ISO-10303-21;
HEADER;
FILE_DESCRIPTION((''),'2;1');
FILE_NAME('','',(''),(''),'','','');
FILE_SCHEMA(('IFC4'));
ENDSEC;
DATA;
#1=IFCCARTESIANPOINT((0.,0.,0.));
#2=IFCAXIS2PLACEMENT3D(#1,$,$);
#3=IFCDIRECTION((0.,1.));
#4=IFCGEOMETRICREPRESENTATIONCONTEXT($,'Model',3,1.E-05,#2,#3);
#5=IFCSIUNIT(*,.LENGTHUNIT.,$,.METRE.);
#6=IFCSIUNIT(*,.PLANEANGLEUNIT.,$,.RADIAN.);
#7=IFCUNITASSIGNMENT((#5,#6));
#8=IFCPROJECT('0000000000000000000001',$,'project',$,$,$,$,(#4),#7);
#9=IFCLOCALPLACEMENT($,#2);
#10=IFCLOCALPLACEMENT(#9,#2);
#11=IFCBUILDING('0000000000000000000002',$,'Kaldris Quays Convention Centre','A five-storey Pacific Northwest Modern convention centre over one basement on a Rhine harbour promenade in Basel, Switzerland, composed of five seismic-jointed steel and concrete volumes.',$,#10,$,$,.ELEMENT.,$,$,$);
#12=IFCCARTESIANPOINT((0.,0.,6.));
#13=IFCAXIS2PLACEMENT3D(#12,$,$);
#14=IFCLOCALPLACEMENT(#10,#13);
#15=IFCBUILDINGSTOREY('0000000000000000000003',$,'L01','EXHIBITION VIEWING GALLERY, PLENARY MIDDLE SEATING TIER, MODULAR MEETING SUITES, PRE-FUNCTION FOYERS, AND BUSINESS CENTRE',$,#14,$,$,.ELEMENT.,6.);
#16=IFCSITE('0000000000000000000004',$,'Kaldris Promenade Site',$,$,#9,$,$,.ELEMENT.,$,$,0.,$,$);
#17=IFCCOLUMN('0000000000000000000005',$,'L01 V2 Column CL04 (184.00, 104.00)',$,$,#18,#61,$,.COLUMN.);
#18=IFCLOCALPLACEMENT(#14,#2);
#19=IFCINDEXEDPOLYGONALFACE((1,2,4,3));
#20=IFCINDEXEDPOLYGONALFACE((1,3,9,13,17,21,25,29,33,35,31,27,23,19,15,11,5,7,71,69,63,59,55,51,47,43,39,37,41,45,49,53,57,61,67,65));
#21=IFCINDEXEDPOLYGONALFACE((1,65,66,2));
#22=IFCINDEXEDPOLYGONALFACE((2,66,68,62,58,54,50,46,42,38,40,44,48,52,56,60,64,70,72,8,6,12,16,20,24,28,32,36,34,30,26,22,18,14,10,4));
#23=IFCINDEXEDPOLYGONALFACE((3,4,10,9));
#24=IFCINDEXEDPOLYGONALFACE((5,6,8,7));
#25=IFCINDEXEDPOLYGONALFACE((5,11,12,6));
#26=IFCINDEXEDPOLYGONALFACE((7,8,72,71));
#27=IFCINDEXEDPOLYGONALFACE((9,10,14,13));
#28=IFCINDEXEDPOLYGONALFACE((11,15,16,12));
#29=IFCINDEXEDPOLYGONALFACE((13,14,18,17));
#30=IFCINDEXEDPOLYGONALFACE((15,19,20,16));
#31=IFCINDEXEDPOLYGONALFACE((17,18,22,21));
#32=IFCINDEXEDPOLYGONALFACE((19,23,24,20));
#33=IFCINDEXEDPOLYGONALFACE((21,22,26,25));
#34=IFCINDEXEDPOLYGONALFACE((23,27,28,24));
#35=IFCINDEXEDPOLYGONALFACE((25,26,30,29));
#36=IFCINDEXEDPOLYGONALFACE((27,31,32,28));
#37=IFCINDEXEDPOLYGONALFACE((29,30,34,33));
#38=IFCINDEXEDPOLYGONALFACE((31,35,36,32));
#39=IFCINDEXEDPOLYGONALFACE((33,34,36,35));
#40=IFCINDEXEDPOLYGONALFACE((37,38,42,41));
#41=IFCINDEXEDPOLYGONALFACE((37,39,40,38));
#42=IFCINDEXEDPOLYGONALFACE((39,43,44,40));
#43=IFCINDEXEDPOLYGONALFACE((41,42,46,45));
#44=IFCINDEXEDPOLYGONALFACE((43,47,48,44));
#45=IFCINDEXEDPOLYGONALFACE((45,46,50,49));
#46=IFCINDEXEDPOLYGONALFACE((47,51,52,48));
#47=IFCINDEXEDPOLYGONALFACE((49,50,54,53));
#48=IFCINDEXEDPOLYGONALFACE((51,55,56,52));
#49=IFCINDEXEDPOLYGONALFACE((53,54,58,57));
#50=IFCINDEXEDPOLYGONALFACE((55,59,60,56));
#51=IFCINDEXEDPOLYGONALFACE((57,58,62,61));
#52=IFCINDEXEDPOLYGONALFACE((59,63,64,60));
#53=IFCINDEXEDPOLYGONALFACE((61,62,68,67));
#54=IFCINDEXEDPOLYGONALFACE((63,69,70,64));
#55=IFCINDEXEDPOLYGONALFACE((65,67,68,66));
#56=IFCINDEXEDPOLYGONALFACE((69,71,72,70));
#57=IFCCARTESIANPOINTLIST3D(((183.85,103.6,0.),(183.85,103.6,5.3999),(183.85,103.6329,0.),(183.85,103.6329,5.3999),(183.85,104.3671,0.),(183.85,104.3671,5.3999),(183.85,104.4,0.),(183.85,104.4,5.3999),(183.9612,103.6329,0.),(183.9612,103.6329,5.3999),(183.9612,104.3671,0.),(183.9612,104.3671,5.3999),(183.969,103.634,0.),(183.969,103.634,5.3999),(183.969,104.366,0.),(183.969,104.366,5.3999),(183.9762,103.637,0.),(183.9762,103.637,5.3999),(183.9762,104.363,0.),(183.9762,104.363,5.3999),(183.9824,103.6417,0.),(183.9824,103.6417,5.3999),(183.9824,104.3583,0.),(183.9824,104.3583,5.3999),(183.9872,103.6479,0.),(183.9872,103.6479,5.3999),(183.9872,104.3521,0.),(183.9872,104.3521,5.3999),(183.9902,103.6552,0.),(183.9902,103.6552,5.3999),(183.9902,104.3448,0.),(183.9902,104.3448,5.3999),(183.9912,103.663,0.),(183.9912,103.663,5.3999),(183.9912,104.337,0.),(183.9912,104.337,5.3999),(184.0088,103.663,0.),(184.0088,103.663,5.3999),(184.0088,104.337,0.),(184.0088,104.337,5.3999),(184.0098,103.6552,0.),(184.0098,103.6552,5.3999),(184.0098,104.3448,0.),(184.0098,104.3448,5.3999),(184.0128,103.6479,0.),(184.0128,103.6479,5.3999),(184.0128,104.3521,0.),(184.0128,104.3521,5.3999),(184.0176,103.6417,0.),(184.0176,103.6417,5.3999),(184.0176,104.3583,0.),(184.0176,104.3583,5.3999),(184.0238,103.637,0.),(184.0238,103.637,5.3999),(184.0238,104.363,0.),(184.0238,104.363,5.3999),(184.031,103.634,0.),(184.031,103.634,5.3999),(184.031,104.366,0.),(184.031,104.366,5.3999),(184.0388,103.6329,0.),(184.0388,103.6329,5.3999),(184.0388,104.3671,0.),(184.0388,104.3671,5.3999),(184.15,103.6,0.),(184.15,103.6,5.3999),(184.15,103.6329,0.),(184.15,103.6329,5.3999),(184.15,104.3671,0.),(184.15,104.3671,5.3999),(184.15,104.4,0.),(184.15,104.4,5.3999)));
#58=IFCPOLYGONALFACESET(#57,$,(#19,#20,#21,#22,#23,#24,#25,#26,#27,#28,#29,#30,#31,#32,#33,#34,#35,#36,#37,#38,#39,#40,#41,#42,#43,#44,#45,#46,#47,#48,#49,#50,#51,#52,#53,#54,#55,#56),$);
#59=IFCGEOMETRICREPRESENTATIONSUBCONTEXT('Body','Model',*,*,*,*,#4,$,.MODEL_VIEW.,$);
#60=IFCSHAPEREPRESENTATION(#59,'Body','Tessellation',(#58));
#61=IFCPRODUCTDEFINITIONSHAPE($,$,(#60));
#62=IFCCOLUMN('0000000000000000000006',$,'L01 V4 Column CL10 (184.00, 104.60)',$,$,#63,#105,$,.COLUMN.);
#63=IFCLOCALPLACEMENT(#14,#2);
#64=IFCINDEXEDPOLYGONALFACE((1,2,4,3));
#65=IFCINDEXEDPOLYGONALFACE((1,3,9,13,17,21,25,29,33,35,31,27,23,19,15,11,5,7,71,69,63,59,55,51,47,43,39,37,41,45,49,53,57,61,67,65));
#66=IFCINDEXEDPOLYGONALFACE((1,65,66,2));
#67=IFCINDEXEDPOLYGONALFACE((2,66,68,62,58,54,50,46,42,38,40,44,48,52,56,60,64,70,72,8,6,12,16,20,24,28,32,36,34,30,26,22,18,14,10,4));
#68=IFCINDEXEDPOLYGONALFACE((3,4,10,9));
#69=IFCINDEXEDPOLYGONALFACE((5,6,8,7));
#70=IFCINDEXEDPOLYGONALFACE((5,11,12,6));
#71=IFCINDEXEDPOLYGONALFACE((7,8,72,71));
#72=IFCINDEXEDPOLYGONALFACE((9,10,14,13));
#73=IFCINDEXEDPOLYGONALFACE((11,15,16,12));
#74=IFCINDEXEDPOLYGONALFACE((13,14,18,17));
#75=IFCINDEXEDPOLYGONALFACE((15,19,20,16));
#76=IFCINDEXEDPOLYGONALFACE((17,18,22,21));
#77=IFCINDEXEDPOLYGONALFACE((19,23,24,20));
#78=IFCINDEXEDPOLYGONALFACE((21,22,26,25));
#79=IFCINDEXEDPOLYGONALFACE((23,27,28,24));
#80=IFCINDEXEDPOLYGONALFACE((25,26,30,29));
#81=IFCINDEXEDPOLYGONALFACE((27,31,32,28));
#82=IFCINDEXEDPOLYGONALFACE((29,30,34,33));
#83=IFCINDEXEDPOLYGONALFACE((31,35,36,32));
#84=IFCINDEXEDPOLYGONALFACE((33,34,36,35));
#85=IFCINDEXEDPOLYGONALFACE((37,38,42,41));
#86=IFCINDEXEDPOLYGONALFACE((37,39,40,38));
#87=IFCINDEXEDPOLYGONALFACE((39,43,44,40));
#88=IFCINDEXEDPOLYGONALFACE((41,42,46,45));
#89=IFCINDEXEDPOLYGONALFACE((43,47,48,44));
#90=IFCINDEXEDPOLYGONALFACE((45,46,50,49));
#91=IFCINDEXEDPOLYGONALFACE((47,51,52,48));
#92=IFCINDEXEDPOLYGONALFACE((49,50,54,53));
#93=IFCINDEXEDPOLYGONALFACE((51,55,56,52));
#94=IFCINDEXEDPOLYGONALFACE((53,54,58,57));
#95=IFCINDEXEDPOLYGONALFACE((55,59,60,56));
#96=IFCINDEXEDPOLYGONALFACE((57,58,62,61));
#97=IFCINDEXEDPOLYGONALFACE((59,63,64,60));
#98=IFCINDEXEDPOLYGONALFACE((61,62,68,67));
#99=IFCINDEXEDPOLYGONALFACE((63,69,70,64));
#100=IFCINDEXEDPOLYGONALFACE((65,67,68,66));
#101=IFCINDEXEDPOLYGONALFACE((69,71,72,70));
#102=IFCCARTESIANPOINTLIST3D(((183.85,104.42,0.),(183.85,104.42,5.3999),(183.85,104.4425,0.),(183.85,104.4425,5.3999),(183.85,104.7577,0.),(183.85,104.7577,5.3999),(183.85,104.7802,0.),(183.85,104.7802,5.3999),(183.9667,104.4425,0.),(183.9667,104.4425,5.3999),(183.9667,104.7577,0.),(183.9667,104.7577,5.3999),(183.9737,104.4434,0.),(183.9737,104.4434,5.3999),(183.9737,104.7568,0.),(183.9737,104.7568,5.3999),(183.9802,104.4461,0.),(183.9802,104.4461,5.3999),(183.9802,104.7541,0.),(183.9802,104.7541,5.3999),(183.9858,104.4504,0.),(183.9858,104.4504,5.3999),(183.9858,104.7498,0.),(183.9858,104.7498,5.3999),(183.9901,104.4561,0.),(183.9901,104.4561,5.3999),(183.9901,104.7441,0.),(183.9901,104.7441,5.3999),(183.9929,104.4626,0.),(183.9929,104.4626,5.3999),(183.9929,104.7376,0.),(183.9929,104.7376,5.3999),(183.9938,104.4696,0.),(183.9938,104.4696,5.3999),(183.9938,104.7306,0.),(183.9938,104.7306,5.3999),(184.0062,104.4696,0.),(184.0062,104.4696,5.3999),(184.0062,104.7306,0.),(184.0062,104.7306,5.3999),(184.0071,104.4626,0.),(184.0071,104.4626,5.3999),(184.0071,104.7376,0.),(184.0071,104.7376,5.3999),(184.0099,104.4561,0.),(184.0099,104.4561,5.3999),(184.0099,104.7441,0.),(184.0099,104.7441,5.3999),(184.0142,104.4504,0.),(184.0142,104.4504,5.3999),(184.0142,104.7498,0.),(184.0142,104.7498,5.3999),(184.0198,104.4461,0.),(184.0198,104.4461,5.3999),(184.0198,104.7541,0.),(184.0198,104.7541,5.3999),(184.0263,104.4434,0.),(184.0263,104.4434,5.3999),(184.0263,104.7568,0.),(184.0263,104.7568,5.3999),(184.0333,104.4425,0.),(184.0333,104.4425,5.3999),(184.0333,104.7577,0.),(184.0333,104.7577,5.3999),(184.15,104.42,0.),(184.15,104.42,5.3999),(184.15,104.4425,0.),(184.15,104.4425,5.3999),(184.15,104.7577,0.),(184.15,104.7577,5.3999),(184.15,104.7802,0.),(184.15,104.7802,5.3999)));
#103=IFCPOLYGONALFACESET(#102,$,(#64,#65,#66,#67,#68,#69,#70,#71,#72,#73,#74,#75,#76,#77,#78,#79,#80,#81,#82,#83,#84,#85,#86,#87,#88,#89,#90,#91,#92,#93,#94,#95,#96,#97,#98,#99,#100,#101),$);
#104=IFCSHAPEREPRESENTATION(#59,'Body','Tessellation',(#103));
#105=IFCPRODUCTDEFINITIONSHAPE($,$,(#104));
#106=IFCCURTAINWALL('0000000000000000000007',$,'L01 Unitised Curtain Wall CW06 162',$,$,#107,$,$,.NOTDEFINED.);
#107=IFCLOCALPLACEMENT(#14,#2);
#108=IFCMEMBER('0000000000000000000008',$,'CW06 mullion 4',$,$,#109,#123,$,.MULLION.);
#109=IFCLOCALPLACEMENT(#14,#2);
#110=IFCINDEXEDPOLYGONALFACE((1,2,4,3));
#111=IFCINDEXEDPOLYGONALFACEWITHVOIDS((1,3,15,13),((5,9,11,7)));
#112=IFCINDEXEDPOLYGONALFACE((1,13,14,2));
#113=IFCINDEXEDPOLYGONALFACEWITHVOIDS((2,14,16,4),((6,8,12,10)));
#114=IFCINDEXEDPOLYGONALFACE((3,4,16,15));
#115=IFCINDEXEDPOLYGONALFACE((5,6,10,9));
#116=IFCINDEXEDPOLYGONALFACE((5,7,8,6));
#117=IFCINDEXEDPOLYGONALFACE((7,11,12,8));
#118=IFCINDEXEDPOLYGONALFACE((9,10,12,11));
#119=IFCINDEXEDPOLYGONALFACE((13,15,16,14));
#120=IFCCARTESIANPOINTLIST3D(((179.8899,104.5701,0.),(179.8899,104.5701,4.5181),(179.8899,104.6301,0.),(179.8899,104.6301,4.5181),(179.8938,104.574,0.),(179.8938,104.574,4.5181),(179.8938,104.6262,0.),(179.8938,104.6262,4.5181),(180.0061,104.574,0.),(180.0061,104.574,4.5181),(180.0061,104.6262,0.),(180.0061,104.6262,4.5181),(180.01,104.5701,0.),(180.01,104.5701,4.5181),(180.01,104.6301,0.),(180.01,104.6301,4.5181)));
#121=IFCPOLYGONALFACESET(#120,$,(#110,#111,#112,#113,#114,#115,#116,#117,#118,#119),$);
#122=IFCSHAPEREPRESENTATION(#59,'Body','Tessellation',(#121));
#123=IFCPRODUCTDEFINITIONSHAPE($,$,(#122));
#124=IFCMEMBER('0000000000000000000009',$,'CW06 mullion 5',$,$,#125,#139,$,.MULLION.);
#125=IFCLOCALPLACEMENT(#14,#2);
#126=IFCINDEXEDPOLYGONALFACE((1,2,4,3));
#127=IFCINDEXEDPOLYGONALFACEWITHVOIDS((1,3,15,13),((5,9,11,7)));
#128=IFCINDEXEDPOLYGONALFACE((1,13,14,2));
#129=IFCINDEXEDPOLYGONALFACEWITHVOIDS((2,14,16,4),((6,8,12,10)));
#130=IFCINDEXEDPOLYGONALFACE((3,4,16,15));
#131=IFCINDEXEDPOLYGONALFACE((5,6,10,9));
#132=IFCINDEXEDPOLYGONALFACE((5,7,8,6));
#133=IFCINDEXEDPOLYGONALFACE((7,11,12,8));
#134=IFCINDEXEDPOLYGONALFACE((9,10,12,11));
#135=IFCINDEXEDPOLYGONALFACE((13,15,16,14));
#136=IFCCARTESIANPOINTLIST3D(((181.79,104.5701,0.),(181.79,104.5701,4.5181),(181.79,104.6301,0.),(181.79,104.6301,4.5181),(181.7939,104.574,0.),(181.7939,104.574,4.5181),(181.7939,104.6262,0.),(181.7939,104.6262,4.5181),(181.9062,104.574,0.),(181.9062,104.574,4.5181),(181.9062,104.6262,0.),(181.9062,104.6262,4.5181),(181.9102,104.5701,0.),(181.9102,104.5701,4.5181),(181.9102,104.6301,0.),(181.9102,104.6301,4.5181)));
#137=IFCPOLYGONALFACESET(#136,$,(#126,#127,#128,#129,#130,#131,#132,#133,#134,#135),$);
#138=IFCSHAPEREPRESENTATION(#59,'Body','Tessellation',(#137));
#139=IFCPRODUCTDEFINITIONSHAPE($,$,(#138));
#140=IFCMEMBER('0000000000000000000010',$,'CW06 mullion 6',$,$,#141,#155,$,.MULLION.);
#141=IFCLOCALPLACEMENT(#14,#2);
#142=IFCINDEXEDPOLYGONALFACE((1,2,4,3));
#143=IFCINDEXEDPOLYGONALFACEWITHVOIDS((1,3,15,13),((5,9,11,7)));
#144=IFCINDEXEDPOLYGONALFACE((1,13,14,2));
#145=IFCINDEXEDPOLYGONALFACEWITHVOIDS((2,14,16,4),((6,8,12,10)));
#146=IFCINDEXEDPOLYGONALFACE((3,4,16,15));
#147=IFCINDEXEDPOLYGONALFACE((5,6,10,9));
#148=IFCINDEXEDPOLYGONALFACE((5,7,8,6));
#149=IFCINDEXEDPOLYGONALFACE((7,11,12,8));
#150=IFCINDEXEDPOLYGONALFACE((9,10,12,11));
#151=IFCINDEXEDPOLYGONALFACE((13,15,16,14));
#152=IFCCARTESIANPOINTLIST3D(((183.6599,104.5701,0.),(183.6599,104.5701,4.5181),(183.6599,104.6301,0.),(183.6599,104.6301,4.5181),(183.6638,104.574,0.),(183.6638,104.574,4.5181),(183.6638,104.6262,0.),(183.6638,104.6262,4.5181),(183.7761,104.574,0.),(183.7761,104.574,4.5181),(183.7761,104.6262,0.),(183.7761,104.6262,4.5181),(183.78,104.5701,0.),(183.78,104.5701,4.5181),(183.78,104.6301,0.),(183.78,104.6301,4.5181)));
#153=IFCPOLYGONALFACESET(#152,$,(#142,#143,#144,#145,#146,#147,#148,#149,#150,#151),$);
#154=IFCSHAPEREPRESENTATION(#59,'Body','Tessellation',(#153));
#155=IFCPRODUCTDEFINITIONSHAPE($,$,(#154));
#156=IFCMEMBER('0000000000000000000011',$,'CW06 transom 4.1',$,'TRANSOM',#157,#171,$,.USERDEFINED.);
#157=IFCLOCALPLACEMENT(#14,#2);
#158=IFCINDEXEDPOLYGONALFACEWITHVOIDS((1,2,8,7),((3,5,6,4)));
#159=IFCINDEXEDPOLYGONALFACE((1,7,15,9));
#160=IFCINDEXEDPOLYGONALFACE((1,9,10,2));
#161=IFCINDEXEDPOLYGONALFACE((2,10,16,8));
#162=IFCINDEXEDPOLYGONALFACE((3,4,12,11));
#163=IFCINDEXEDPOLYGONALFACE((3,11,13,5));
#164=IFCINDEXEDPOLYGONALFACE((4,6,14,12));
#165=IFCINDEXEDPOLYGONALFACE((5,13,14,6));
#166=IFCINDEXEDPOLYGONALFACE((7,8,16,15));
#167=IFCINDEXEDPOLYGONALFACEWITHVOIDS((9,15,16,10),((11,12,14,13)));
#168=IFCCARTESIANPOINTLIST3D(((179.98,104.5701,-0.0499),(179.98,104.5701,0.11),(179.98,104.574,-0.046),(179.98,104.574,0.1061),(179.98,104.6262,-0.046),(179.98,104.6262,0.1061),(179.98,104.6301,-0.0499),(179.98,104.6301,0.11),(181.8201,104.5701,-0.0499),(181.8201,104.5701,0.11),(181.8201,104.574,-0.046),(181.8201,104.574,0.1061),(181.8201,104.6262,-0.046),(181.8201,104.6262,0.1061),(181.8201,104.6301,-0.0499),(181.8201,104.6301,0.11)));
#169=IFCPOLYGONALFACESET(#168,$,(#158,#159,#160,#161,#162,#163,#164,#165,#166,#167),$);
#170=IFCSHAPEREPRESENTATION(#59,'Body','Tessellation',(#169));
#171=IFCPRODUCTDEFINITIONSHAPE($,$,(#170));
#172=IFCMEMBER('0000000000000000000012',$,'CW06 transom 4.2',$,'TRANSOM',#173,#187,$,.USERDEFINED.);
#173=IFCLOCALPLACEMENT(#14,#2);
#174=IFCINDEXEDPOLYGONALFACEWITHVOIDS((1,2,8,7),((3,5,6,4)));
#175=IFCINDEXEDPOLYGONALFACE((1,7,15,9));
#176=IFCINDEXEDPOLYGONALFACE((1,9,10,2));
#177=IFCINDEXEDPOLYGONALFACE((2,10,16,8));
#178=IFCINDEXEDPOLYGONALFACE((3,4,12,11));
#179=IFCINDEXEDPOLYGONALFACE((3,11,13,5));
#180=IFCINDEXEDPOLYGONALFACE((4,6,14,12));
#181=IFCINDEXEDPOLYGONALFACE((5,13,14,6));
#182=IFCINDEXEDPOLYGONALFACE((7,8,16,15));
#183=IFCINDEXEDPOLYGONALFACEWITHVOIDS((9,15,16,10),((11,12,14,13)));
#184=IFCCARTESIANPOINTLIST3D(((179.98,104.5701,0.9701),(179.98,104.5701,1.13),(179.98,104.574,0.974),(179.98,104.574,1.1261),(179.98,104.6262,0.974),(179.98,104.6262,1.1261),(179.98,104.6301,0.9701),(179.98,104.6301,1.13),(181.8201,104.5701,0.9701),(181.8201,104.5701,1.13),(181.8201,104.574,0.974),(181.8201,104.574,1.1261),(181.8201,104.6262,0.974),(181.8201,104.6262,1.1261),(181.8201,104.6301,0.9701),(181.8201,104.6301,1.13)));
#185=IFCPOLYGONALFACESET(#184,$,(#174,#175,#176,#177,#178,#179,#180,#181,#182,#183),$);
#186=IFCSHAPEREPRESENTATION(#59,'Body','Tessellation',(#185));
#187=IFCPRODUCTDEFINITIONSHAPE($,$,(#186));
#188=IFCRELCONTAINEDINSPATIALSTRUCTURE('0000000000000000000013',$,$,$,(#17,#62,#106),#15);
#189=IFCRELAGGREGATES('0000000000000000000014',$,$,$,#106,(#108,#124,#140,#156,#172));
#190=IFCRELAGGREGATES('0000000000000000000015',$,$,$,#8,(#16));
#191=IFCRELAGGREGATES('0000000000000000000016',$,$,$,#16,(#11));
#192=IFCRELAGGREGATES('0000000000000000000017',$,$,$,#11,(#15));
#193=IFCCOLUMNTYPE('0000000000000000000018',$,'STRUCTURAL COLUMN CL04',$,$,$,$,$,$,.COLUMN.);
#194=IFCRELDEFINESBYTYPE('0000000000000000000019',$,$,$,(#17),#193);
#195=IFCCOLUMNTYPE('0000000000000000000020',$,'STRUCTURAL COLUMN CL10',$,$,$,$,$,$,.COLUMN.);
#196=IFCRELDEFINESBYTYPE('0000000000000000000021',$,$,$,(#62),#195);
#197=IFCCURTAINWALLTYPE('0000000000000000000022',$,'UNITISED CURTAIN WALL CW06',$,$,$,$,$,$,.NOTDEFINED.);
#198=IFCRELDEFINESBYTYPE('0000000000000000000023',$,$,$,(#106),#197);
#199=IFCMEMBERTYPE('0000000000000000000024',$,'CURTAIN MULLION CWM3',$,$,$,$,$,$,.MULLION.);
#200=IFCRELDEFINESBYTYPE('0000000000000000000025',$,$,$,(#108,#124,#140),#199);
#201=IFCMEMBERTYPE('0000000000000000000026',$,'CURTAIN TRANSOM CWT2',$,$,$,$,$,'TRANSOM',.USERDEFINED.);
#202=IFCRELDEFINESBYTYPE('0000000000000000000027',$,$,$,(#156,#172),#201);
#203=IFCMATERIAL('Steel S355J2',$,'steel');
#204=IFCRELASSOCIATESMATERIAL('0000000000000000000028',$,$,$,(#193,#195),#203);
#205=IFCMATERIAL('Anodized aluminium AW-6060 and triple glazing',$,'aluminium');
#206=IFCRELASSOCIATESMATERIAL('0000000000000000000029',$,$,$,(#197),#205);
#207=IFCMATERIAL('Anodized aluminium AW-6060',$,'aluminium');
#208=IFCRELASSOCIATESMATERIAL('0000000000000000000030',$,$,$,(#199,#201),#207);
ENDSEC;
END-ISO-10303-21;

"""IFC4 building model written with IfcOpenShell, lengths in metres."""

from ifc_helpers import new_model, si_unit, direction, frame, origin, origin_2d, place, context, subcontext, project, spatial, hollow_rectangle, i_section, extrude, material, material_profile, profile_set, type_object, element, aggregate, save


model = new_model("IFC4")

# Units and contexts
model_context = context("Model", 3, precision=1e-05, world=origin(), true_north=direction((0.0, 1.0)))
body_context = subcontext(model_context, "Body", "Model", "MODEL_VIEW")
ifc_project = project(units=[si_unit("LENGTHUNIT", "METRE"), si_unit("PLANEANGLEUNIT", "RADIAN")], contexts=[model_context])

# Site, building, storey
site_placement = place(None, origin())
site = spatial("IfcSite", under=ifc_project, at=site_placement, Name="Kaldris Promenade Site", CompositionType="ELEMENT", RefElevation=0.0)
building_placement = place(site_placement, origin())
building = spatial("IfcBuilding", under=site, at=building_placement, Name="Kaldris Quays Convention Centre", Description="A five-storey Pacific Northwest Modern convention centre over one basement on a Rhine harbour promenade in Basel, Switzerland, composed of five seismic-jointed steel and concrete volumes.", CompositionType="ELEMENT")
storey_placement = place(building_placement, frame((0.0, 0.0, 6.0)))
storey = spatial("IfcBuildingStorey", under=building, at=storey_placement, Name="L01", Description="EXHIBITION VIEWING GALLERY, PLENARY MIDDLE SEATING TIER, MODULAR MEETING SUITES, PRE-FUNCTION FOYERS, AND BUSINESS CENTRE", CompositionType="ELEMENT", Elevation=6.0)

# Columns
ifc_material_1 = material(Name="Steel S355J2", Category="steel")
ifc_material_profile_1 = material_profile(ifc_material_1, i_section(OverallWidth=0.3, OverallDepth=0.8, WebThickness=0.0176, FlangeThickness=0.033, FilletRadius=0.03, at=origin_2d()), Name="HEB 800")
ifc_profile_set_1 = profile_set([ifc_material_profile_1], Name="Steel S355J2")
column_type_1 = type_object("IfcColumnType", Name="STRUCTURAL COLUMN CL04", PredefinedType="COLUMN", material=ifc_profile_set_1)
column_1_placement = place(storey_placement, frame((184.0, 104.0, 0.0), z_axis=(0.0, 0.0, 1.0), x_axis=(1.0, 0.0, 0.0)))
element("IfcColumn", 1, at=column_1_placement, inside=storey, type_object=column_type_1, Name="L01 V2 Column CL04 (184.00, 104.00)", PredefinedType="COLUMN", context=body_context, shape_type="SweptSolid", body=[
    extrude(i_section(OverallWidth=0.3, OverallDepth=0.8, WebThickness=0.0176, FlangeThickness=0.033, FilletRadius=0.03, at=origin_2d()), origin(), (0.0, 0.0, 1.0), 5.3999),
])
ifc_material_profile_2 = material_profile(ifc_material_1, i_section(OverallWidth=0.3, OverallDepth=0.3601, WebThickness=0.0125, FlangeThickness=0.0225, FilletRadius=0.0271, at=origin_2d()), Name="HEB 360")
ifc_profile_set_2 = profile_set([ifc_material_profile_2], Name="Steel S355J2")
column_type_2 = type_object("IfcColumnType", Name="STRUCTURAL COLUMN CL10", PredefinedType="COLUMN", material=ifc_profile_set_2)
column_2_placement = place(storey_placement, frame((184.0, 104.6001, 0.0), z_axis=(0.0, 0.0, 1.0), x_axis=(1.0, 0.0, 0.0)))
element("IfcColumn", 2, at=column_2_placement, inside=storey, type_object=column_type_2, Name="L01 V4 Column CL10 (184.00, 104.60)", PredefinedType="COLUMN", context=body_context, shape_type="SweptSolid", body=[
    extrude(i_section(OverallWidth=0.3, OverallDepth=0.3601, WebThickness=0.0125, FlangeThickness=0.0225, FilletRadius=0.0271, at=origin_2d()), origin(), (0.0, 0.0, 1.0), 5.3999),
])

# Curtain wall, members
ifc_material_2 = material(Name="Anodized aluminium AW-6060 and triple glazing", Category="aluminium")
curtain_wall_type = type_object("IfcCurtainWallType", Name="UNITISED CURTAIN WALL CW06", PredefinedType="NOTDEFINED", material=ifc_material_2)
curtain_wall_placement = place(storey_placement, origin())
curtain_wall = element("IfcCurtainWall", 3, at=curtain_wall_placement, inside=storey, type_object=curtain_wall_type, Name="L01 Unitised Curtain Wall CW06 162", PredefinedType="NOTDEFINED")
ifc_material_3 = material(Name="Anodized aluminium AW-6060", Category="aluminium")
ifc_material_profile_3 = material_profile(ifc_material_3, hollow_rectangle(XDim=0.0601, YDim=0.1201, WallThickness=0.0039, at=origin_2d()), Name="RHS 120x60x4")
ifc_profile_set_3 = profile_set([ifc_material_profile_3], Name="Anodized aluminium AW-6060")
member_type_1 = type_object("IfcMemberType", Name="CURTAIN MULLION CWM3", PredefinedType="MULLION", material=ifc_profile_set_3)
member_1_placement = place(storey_placement, frame((179.95, 104.6001, 0.0), z_axis=(0.0, 0.0, 1.0), x_axis=(0.0, 1.0, 0.0)))
member_1 = element("IfcMember", 4, at=member_1_placement, type_object=member_type_1, Name="CW06 mullion 4", PredefinedType="MULLION", context=body_context, shape_type="SweptSolid", body=[
    extrude(hollow_rectangle(XDim=0.0601, YDim=0.1201, WallThickness=0.0039, at=origin_2d()), origin(), (0.0, 0.0, 1.0), 4.5181),
])
member_2_placement = place(storey_placement, frame((181.8501, 104.6001, 0.0), z_axis=(0.0, 0.0, 1.0), x_axis=(0.0, 1.0, 0.0)))
member_2 = element("IfcMember", 5, at=member_2_placement, type_object=member_type_1, Name="CW06 mullion 5", PredefinedType="MULLION", context=body_context, shape_type="SweptSolid", body=[
    extrude(hollow_rectangle(XDim=0.0601, YDim=0.1201, WallThickness=0.0039, at=origin_2d()), origin(), (0.0, 0.0, 1.0), 4.5181),
])
member_3_placement = place(storey_placement, frame((183.72, 104.6001, 0.0), z_axis=(0.0, 0.0, 1.0), x_axis=(0.0, 1.0, 0.0)))
member_3 = element("IfcMember", 6, at=member_3_placement, type_object=member_type_1, Name="CW06 mullion 6", PredefinedType="MULLION", context=body_context, shape_type="SweptSolid", body=[
    extrude(hollow_rectangle(XDim=0.0601, YDim=0.1201, WallThickness=0.0039, at=origin_2d()), origin(), (0.0, 0.0, 1.0), 4.5181),
])
ifc_material_profile_4 = material_profile(ifc_material_3, hollow_rectangle(XDim=0.0601, YDim=0.1599, WallThickness=0.0039, at=origin_2d()), Name="RHS 160x60x4")
ifc_profile_set_4 = profile_set([ifc_material_profile_4], Name="Anodized aluminium AW-6060")
member_type_2 = type_object("IfcMemberType", Name="CURTAIN TRANSOM CWT2", ElementType="TRANSOM", PredefinedType="USERDEFINED", material=ifc_profile_set_4)
member_4_placement = place(storey_placement, frame((179.98, 104.6001, 0.03), z_axis=(1.0, 0.0, 0.0), x_axis=(0.0, 1.0, 0.0)))
member_4 = element("IfcMember", 7, at=member_4_placement, type_object=member_type_2, Name="CW06 transom 4.1", ObjectType="TRANSOM", PredefinedType="USERDEFINED", context=body_context, shape_type="SweptSolid", body=[
    extrude(hollow_rectangle(XDim=0.0601, YDim=0.1599, WallThickness=0.0039, at=origin_2d()), origin(), (0.0, 0.0, 1.0), 1.8401),
])
member_5_placement = place(storey_placement, frame((179.98, 104.6001, 1.05), z_axis=(1.0, 0.0, 0.0), x_axis=(0.0, 1.0, 0.0)))
member_5 = element("IfcMember", 8, at=member_5_placement, type_object=member_type_2, Name="CW06 transom 4.2", ObjectType="TRANSOM", PredefinedType="USERDEFINED", context=body_context, shape_type="SweptSolid", body=[
    extrude(hollow_rectangle(XDim=0.0601, YDim=0.1599, WallThickness=0.0039, at=origin_2d()), origin(), (0.0, 0.0, 1.0), 1.8401),
])

aggregate(curtain_wall, [member_1, member_2, member_3, member_4, member_5])

save(model, "model.ifc")
